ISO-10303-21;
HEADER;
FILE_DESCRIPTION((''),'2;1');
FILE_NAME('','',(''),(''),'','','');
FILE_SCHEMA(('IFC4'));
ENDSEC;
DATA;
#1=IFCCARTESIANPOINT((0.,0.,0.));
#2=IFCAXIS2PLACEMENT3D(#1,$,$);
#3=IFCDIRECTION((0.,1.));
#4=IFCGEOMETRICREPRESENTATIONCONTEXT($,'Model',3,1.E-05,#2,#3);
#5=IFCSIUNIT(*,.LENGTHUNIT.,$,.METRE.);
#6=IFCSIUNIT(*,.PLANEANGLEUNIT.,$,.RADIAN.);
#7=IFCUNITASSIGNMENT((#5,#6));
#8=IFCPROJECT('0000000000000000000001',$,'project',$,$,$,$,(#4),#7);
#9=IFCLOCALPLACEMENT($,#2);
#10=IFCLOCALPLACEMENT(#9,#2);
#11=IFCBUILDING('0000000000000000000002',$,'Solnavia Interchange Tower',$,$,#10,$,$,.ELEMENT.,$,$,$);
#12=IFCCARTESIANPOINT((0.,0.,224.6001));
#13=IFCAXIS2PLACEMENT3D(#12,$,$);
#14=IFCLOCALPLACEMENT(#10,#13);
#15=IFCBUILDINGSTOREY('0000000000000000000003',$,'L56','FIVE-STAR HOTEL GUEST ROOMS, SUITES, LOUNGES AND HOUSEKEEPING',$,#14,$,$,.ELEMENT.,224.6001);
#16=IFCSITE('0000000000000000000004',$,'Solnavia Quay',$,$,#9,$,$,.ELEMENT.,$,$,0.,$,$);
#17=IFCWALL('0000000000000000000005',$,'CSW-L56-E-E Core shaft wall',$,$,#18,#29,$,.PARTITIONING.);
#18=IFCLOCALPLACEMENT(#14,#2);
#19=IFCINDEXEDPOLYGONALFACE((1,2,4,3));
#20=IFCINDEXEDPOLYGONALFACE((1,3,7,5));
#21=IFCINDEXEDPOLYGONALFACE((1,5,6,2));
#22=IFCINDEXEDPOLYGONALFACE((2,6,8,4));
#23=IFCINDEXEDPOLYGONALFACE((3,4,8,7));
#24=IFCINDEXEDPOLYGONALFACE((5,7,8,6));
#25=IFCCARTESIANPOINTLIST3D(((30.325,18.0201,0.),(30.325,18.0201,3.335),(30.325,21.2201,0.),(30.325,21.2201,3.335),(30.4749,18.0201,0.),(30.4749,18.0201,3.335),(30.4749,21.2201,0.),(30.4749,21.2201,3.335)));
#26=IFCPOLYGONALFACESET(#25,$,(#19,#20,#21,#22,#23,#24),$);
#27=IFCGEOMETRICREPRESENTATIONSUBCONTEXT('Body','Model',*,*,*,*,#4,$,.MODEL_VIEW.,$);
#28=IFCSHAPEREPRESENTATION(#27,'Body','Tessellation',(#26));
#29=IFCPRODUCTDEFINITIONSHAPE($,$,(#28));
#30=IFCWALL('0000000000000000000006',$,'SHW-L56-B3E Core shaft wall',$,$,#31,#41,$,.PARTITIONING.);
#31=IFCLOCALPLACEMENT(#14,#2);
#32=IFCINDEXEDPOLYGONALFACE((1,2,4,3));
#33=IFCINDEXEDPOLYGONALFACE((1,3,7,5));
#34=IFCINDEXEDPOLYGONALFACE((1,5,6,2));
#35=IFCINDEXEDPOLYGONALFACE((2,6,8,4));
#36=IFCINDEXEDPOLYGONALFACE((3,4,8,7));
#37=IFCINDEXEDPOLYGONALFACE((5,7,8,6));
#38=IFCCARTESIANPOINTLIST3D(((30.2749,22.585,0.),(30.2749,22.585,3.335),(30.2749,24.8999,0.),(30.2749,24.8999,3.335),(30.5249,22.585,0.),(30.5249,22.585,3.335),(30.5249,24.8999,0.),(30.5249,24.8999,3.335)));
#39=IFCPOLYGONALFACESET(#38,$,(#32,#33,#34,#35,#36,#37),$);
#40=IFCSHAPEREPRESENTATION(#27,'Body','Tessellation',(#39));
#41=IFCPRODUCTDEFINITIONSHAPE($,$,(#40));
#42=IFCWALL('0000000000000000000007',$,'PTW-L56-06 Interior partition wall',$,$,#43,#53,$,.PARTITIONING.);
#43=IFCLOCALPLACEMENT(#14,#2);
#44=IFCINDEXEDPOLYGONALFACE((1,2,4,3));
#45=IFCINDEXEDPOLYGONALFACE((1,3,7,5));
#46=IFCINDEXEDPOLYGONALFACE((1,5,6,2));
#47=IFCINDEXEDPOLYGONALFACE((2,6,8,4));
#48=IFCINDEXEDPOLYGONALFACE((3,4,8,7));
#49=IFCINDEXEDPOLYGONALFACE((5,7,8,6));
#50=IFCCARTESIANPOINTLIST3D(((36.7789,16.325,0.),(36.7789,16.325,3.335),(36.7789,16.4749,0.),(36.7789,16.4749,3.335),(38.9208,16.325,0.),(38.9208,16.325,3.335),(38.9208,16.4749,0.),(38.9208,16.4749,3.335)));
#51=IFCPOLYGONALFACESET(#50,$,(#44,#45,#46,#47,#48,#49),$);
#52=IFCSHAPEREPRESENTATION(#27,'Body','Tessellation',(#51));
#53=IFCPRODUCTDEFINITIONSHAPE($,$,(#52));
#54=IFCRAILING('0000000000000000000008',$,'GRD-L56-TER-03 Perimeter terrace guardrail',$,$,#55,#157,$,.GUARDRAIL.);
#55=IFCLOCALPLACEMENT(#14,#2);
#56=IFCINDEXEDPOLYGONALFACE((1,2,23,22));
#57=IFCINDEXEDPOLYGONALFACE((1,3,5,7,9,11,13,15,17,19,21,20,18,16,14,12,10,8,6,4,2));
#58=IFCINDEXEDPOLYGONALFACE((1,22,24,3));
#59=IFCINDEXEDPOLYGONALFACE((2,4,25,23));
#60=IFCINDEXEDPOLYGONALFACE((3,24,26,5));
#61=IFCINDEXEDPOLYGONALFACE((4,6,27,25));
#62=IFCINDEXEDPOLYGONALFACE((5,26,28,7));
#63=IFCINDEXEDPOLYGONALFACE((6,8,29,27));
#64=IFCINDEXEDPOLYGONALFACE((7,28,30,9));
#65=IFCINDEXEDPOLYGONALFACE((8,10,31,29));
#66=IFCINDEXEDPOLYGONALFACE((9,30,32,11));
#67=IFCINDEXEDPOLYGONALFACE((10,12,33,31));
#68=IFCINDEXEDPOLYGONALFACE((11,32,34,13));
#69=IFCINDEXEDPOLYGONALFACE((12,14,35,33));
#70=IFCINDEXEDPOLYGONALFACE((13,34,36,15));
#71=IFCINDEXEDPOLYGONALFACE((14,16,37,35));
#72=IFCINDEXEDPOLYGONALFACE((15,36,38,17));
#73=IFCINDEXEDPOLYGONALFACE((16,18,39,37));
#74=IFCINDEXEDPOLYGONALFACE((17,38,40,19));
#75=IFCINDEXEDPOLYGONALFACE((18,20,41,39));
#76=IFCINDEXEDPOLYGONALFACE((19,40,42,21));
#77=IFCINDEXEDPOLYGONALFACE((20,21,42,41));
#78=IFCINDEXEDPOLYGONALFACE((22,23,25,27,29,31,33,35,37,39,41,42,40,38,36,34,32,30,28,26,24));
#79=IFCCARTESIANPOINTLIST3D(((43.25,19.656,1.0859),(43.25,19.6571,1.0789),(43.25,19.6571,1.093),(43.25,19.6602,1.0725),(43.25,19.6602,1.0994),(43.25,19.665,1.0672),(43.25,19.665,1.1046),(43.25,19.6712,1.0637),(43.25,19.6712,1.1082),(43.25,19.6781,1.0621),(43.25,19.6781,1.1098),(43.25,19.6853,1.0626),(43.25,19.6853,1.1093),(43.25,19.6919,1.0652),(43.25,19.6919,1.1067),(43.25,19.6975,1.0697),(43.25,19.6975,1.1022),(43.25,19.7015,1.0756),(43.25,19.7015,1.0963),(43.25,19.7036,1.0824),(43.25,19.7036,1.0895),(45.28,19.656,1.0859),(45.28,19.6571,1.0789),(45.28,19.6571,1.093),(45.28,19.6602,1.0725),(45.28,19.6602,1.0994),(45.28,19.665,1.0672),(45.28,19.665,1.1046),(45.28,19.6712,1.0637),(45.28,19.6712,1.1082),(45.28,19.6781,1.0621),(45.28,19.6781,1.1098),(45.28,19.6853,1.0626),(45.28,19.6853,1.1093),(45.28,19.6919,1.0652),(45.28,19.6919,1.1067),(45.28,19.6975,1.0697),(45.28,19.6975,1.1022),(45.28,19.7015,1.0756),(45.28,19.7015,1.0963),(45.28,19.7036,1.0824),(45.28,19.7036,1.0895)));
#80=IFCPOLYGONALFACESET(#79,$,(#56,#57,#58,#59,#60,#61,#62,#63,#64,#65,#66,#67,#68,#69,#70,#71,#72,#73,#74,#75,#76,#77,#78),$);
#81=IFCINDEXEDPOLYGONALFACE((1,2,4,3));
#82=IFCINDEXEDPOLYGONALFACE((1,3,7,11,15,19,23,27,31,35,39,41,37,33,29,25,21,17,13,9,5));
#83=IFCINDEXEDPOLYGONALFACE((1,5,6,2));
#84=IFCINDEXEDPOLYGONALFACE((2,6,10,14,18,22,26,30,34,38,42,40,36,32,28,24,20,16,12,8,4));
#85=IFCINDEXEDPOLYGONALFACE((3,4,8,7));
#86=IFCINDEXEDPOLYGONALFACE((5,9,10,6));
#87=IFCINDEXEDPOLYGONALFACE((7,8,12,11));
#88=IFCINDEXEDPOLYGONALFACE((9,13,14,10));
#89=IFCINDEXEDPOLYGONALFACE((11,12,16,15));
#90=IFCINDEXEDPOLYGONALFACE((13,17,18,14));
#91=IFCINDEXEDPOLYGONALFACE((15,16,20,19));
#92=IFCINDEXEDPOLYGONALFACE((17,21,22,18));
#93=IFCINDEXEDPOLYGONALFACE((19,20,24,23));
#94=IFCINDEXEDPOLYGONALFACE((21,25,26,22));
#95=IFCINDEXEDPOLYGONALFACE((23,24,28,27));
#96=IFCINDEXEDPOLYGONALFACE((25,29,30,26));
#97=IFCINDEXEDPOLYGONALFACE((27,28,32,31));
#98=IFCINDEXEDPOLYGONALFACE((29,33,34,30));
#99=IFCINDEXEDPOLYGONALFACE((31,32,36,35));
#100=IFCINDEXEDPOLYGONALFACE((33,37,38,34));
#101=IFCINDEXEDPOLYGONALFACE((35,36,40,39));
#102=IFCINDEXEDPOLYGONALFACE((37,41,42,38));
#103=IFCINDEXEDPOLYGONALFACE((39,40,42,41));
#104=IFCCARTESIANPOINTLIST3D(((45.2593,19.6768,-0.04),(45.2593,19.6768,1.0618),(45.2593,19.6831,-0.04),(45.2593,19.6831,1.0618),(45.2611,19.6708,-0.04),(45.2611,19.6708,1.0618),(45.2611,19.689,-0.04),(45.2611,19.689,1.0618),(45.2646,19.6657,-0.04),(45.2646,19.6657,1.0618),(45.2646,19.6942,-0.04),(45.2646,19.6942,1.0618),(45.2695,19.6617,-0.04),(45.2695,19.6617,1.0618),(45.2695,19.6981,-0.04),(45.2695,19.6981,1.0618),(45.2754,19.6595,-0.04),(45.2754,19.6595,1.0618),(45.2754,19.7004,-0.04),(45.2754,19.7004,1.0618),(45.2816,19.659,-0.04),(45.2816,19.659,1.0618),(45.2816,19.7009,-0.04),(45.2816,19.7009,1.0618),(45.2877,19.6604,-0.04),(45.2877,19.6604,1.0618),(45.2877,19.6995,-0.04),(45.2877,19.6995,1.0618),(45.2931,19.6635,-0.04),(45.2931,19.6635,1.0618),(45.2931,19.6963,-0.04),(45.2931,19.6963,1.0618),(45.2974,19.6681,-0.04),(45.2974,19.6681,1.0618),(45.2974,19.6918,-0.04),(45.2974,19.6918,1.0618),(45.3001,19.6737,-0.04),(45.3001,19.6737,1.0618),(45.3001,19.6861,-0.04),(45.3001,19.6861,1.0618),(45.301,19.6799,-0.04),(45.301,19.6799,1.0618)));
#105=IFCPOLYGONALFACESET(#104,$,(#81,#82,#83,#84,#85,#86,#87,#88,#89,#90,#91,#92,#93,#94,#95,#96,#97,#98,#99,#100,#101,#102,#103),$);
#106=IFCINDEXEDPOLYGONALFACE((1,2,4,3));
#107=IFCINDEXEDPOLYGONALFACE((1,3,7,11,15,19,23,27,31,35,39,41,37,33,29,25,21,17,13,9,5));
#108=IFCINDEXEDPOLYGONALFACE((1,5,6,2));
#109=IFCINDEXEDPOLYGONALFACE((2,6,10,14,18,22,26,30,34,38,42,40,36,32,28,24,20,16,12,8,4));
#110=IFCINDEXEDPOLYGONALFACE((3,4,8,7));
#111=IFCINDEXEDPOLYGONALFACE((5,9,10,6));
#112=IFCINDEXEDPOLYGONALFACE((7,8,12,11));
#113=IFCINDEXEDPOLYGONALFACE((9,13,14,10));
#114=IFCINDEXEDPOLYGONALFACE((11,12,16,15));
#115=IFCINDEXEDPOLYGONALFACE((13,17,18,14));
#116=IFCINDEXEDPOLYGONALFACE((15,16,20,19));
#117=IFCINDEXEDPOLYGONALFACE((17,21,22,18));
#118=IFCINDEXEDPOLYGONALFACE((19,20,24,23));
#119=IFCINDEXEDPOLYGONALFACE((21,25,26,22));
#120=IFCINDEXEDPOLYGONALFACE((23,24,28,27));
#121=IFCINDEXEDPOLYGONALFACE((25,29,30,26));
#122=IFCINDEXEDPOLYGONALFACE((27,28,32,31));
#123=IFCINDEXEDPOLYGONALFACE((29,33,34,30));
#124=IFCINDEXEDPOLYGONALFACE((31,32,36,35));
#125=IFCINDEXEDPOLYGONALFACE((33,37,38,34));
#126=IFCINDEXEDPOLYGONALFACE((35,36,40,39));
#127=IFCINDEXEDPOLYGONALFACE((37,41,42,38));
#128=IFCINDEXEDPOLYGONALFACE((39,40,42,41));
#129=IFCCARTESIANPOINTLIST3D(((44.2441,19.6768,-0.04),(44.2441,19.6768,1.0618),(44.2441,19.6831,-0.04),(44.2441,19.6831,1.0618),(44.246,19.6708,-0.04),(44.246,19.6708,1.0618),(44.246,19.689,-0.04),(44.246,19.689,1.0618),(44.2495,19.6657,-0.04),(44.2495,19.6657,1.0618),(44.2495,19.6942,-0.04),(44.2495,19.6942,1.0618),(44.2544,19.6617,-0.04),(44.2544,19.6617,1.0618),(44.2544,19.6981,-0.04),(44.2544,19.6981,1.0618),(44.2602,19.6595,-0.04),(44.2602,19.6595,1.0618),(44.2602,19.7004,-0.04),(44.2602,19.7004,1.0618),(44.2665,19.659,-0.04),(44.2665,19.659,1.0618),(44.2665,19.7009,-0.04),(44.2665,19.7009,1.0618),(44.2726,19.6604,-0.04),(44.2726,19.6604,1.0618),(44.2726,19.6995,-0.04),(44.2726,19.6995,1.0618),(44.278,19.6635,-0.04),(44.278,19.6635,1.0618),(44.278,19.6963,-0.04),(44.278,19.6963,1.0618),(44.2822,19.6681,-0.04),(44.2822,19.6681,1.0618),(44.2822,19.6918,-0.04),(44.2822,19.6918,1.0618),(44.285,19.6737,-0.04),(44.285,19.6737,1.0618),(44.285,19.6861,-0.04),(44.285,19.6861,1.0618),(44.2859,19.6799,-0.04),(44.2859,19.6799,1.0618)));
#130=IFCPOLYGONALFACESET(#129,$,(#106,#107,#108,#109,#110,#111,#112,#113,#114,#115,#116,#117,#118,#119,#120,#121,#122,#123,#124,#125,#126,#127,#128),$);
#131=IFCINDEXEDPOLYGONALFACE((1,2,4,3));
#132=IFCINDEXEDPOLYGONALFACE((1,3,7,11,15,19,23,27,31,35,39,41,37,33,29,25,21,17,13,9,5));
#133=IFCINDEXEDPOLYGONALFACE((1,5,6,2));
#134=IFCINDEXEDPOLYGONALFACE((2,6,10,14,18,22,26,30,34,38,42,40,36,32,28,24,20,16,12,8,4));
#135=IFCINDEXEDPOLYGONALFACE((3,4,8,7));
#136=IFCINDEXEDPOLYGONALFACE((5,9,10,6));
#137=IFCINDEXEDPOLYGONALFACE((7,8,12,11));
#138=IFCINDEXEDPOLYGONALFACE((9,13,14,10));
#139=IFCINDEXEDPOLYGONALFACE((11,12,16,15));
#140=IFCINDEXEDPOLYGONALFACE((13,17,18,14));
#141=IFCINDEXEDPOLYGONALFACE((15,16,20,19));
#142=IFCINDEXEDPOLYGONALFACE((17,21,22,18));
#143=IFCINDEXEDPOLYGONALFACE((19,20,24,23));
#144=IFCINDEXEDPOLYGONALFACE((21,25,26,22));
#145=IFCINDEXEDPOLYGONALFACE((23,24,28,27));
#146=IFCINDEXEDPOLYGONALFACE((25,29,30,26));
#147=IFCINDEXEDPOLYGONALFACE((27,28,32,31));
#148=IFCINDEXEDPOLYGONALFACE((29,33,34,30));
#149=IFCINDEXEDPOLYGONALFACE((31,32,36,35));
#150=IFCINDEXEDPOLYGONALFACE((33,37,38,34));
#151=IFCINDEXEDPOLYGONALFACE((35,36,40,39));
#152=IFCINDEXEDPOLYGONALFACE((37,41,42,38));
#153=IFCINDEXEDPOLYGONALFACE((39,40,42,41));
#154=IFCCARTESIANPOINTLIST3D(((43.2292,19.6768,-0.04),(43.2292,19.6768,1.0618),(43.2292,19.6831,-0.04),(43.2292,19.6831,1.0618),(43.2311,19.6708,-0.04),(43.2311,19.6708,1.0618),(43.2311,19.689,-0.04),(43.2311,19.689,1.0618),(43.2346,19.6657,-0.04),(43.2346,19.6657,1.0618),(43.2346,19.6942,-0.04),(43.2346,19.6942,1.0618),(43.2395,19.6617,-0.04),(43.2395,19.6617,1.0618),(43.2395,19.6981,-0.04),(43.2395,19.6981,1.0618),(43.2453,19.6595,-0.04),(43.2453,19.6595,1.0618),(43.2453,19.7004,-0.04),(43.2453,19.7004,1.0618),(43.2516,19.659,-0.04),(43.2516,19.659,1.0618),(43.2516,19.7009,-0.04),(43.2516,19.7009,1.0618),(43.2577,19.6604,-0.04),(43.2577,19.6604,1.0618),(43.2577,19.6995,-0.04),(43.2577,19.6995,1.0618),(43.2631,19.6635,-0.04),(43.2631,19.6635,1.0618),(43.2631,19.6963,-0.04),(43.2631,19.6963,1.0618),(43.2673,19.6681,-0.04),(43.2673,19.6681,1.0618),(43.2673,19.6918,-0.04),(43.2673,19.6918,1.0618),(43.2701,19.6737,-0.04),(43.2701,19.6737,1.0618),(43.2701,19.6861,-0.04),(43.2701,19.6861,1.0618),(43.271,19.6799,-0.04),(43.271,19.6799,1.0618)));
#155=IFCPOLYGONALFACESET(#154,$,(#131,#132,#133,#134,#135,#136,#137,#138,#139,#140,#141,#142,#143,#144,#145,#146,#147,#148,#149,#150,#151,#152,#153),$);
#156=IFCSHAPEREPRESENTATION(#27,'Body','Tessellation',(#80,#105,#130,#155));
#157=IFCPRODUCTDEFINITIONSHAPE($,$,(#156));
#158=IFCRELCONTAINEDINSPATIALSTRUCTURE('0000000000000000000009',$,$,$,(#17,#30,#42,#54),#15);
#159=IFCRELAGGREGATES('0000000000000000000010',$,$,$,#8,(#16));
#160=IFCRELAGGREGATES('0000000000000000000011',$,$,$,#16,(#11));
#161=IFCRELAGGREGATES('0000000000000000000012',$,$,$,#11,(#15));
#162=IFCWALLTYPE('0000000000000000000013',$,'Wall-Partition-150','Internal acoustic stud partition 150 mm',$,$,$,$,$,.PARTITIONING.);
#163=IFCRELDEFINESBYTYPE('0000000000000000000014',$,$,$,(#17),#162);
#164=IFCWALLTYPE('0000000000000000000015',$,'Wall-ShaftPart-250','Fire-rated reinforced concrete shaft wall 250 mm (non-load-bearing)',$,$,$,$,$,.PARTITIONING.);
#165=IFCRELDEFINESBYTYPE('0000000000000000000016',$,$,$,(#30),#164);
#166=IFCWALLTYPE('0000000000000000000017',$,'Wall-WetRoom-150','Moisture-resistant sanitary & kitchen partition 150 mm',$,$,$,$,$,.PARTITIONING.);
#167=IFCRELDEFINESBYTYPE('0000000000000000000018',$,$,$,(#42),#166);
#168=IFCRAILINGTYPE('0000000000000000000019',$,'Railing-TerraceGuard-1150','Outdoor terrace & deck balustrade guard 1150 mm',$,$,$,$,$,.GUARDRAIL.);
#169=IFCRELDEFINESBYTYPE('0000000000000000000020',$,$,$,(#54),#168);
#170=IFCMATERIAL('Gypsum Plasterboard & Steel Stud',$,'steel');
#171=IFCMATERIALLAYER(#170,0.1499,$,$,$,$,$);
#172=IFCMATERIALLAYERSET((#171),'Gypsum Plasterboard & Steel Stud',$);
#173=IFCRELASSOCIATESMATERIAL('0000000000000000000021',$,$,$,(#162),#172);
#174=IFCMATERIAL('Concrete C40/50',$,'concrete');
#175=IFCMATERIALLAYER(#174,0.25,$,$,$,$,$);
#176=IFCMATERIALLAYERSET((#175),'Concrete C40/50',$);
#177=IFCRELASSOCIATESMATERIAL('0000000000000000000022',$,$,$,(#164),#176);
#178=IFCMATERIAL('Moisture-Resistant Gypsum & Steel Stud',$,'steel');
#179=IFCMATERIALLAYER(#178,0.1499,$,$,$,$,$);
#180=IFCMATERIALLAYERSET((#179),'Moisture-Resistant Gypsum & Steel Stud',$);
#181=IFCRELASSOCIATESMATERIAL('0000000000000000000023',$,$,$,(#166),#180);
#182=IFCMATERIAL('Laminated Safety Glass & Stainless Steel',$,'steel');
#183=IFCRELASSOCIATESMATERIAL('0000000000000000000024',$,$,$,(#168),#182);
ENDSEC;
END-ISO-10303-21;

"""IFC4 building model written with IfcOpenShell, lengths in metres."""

from ifc_helpers import new_model, si_unit, direction, frame, frame_2d, origin, origin_2d, place, context, subcontext, project, spatial, rectangle, circle, extrude, material, layer, layer_set, type_object, element, save


model = new_model("IFC4")

# Units and contexts
model_context = context("Model", 3, precision=1e-05, world=origin(), true_north=direction((0.0, 1.0)))
body_context = subcontext(model_context, "Body", "Model", "MODEL_VIEW")
ifc_project = project(units=[si_unit("LENGTHUNIT", "METRE"), si_unit("PLANEANGLEUNIT", "RADIAN")], contexts=[model_context])

# Site, building, storey
site_placement = place(None, origin())
site = spatial("IfcSite", under=ifc_project, at=site_placement, Name="Solnavia Quay", CompositionType="ELEMENT", RefElevation=0.0)
building_placement = place(site_placement, origin())
building = spatial("IfcBuilding", under=site, at=building_placement, Name="Solnavia Interchange Tower", CompositionType="ELEMENT")
storey_placement = place(building_placement, frame((0.0, 0.0, 224.6001)))
storey = spatial("IfcBuildingStorey", under=building, at=storey_placement, Name="L56", Description="FIVE-STAR HOTEL GUEST ROOMS, SUITES, LOUNGES AND HOUSEKEEPING", CompositionType="ELEMENT", Elevation=224.6001)

# Shared definitions
ifc_material_1 = material(Name="Concrete C40/50", Category="concrete")

# Walls
ifc_material_2 = material(Name="Gypsum Plasterboard & Steel Stud", Category="steel")
ifc_layer_1 = layer(ifc_material_2, 0.1499)
ifc_layer_set_1 = layer_set([ifc_layer_1], Name="Gypsum Plasterboard & Steel Stud")
wall_type_1 = type_object("IfcWallType", Name="Wall-Partition-150", Description="Internal acoustic stud partition 150 mm", PredefinedType="PARTITIONING", material=ifc_layer_set_1)
wall_1_placement = place(storey_placement, frame((30.3999, 18.02, 0.0), z_axis=(0.0, 0.0, 1.0), x_axis=(0.0, 1.0, 0.0)))
element("IfcWall", 1, at=wall_1_placement, inside=storey, type_object=wall_type_1, Name="CSW-L56-E-E Core shaft wall", PredefinedType="PARTITIONING", context=body_context, shape_type="SweptSolid", body=[
    extrude(rectangle(XDim=3.2, YDim=0.1499, at=frame_2d((1.6001, 0.0))), origin(), (0.0, 0.0, 1.0), 3.335),
])
ifc_layer_2 = layer(ifc_material_1, 0.25)
ifc_layer_set_2 = layer_set([ifc_layer_2], Name="Concrete C40/50")
wall_type_2 = type_object("IfcWallType", Name="Wall-ShaftPart-250", Description="Fire-rated reinforced concrete shaft wall 250 mm (non-load-bearing)", PredefinedType="PARTITIONING", material=ifc_layer_set_2)
wall_2_placement = place(storey_placement, frame((30.3999, 22.585, 0.0), z_axis=(0.0, 0.0, 1.0), x_axis=(0.0, 1.0, 0.0)))
element("IfcWall", 2, at=wall_2_placement, inside=storey, type_object=wall_type_2, Name="SHW-L56-B3E Core shaft wall", PredefinedType="PARTITIONING", context=body_context, shape_type="SweptSolid", body=[
    extrude(rectangle(XDim=2.3149, YDim=0.25, at=frame_2d((1.1575, 0.0))), origin(), (0.0, 0.0, 1.0), 3.335),
])
ifc_material_3 = material(Name="Moisture-Resistant Gypsum & Steel Stud", Category="steel")
ifc_layer_3 = layer(ifc_material_3, 0.1499)
ifc_layer_set_3 = layer_set([ifc_layer_3], Name="Moisture-Resistant Gypsum & Steel Stud")
wall_type_3 = type_object("IfcWallType", Name="Wall-WetRoom-150", Description="Moisture-resistant sanitary & kitchen partition 150 mm", PredefinedType="PARTITIONING", material=ifc_layer_set_3)
wall_3_placement = place(storey_placement, frame((36.7791, 16.3999, 0.0), z_axis=(0.0, 0.0, 1.0), x_axis=(1.0, 0.0, 0.0)))
element("IfcWall", 3, at=wall_3_placement, inside=storey, type_object=wall_type_3, Name="PTW-L56-06 Interior partition wall", PredefinedType="PARTITIONING", context=body_context, shape_type="SweptSolid", body=[
    extrude(rectangle(XDim=2.1418, YDim=0.1499, at=frame_2d((1.0708, 0.0))), origin(), (0.0, 0.0, 1.0), 3.335),
])

# Railing
ifc_material_4 = material(Name="Laminated Safety Glass & Stainless Steel", Category="steel")
railing_type = type_object("IfcRailingType", Name="Railing-TerraceGuard-1150", Description="Outdoor terrace & deck balustrade guard 1150 mm", PredefinedType="GUARDRAIL", material=ifc_material_4)
railing_placement = place(storey_placement, frame((45.28, 19.6799, -0.04)))
element("IfcRailing", 4, at=railing_placement, inside=storey, type_object=railing_type, Name="GRD-L56-TER-03 Perimeter terrace guardrail", PredefinedType="GUARDRAIL", context=body_context, shape_type="SweptSolid", body=[
    extrude(circle(Radius=0.0239, at=origin_2d()), frame((0.0, 0.0, 1.126), z_axis=(-1.0, 0.0, 0.0), x_axis=(0.0, -1.0, 0.0)), (0.0, 0.0, 1.0), 2.03),
    extrude(circle(Radius=0.021, at=origin_2d()), origin(), (0.0, 0.0, 1.0), 1.1018),
    extrude(circle(Radius=0.021, at=origin_2d()), frame((-1.0151, 0.0, 0.0)), (0.0, 0.0, 1.0), 1.1018),
    extrude(circle(Radius=0.021, at=origin_2d()), frame((-2.03, 0.0, 0.0)), (0.0, 0.0, 1.0), 1.1018),
])

save(model, "model.ifc")
